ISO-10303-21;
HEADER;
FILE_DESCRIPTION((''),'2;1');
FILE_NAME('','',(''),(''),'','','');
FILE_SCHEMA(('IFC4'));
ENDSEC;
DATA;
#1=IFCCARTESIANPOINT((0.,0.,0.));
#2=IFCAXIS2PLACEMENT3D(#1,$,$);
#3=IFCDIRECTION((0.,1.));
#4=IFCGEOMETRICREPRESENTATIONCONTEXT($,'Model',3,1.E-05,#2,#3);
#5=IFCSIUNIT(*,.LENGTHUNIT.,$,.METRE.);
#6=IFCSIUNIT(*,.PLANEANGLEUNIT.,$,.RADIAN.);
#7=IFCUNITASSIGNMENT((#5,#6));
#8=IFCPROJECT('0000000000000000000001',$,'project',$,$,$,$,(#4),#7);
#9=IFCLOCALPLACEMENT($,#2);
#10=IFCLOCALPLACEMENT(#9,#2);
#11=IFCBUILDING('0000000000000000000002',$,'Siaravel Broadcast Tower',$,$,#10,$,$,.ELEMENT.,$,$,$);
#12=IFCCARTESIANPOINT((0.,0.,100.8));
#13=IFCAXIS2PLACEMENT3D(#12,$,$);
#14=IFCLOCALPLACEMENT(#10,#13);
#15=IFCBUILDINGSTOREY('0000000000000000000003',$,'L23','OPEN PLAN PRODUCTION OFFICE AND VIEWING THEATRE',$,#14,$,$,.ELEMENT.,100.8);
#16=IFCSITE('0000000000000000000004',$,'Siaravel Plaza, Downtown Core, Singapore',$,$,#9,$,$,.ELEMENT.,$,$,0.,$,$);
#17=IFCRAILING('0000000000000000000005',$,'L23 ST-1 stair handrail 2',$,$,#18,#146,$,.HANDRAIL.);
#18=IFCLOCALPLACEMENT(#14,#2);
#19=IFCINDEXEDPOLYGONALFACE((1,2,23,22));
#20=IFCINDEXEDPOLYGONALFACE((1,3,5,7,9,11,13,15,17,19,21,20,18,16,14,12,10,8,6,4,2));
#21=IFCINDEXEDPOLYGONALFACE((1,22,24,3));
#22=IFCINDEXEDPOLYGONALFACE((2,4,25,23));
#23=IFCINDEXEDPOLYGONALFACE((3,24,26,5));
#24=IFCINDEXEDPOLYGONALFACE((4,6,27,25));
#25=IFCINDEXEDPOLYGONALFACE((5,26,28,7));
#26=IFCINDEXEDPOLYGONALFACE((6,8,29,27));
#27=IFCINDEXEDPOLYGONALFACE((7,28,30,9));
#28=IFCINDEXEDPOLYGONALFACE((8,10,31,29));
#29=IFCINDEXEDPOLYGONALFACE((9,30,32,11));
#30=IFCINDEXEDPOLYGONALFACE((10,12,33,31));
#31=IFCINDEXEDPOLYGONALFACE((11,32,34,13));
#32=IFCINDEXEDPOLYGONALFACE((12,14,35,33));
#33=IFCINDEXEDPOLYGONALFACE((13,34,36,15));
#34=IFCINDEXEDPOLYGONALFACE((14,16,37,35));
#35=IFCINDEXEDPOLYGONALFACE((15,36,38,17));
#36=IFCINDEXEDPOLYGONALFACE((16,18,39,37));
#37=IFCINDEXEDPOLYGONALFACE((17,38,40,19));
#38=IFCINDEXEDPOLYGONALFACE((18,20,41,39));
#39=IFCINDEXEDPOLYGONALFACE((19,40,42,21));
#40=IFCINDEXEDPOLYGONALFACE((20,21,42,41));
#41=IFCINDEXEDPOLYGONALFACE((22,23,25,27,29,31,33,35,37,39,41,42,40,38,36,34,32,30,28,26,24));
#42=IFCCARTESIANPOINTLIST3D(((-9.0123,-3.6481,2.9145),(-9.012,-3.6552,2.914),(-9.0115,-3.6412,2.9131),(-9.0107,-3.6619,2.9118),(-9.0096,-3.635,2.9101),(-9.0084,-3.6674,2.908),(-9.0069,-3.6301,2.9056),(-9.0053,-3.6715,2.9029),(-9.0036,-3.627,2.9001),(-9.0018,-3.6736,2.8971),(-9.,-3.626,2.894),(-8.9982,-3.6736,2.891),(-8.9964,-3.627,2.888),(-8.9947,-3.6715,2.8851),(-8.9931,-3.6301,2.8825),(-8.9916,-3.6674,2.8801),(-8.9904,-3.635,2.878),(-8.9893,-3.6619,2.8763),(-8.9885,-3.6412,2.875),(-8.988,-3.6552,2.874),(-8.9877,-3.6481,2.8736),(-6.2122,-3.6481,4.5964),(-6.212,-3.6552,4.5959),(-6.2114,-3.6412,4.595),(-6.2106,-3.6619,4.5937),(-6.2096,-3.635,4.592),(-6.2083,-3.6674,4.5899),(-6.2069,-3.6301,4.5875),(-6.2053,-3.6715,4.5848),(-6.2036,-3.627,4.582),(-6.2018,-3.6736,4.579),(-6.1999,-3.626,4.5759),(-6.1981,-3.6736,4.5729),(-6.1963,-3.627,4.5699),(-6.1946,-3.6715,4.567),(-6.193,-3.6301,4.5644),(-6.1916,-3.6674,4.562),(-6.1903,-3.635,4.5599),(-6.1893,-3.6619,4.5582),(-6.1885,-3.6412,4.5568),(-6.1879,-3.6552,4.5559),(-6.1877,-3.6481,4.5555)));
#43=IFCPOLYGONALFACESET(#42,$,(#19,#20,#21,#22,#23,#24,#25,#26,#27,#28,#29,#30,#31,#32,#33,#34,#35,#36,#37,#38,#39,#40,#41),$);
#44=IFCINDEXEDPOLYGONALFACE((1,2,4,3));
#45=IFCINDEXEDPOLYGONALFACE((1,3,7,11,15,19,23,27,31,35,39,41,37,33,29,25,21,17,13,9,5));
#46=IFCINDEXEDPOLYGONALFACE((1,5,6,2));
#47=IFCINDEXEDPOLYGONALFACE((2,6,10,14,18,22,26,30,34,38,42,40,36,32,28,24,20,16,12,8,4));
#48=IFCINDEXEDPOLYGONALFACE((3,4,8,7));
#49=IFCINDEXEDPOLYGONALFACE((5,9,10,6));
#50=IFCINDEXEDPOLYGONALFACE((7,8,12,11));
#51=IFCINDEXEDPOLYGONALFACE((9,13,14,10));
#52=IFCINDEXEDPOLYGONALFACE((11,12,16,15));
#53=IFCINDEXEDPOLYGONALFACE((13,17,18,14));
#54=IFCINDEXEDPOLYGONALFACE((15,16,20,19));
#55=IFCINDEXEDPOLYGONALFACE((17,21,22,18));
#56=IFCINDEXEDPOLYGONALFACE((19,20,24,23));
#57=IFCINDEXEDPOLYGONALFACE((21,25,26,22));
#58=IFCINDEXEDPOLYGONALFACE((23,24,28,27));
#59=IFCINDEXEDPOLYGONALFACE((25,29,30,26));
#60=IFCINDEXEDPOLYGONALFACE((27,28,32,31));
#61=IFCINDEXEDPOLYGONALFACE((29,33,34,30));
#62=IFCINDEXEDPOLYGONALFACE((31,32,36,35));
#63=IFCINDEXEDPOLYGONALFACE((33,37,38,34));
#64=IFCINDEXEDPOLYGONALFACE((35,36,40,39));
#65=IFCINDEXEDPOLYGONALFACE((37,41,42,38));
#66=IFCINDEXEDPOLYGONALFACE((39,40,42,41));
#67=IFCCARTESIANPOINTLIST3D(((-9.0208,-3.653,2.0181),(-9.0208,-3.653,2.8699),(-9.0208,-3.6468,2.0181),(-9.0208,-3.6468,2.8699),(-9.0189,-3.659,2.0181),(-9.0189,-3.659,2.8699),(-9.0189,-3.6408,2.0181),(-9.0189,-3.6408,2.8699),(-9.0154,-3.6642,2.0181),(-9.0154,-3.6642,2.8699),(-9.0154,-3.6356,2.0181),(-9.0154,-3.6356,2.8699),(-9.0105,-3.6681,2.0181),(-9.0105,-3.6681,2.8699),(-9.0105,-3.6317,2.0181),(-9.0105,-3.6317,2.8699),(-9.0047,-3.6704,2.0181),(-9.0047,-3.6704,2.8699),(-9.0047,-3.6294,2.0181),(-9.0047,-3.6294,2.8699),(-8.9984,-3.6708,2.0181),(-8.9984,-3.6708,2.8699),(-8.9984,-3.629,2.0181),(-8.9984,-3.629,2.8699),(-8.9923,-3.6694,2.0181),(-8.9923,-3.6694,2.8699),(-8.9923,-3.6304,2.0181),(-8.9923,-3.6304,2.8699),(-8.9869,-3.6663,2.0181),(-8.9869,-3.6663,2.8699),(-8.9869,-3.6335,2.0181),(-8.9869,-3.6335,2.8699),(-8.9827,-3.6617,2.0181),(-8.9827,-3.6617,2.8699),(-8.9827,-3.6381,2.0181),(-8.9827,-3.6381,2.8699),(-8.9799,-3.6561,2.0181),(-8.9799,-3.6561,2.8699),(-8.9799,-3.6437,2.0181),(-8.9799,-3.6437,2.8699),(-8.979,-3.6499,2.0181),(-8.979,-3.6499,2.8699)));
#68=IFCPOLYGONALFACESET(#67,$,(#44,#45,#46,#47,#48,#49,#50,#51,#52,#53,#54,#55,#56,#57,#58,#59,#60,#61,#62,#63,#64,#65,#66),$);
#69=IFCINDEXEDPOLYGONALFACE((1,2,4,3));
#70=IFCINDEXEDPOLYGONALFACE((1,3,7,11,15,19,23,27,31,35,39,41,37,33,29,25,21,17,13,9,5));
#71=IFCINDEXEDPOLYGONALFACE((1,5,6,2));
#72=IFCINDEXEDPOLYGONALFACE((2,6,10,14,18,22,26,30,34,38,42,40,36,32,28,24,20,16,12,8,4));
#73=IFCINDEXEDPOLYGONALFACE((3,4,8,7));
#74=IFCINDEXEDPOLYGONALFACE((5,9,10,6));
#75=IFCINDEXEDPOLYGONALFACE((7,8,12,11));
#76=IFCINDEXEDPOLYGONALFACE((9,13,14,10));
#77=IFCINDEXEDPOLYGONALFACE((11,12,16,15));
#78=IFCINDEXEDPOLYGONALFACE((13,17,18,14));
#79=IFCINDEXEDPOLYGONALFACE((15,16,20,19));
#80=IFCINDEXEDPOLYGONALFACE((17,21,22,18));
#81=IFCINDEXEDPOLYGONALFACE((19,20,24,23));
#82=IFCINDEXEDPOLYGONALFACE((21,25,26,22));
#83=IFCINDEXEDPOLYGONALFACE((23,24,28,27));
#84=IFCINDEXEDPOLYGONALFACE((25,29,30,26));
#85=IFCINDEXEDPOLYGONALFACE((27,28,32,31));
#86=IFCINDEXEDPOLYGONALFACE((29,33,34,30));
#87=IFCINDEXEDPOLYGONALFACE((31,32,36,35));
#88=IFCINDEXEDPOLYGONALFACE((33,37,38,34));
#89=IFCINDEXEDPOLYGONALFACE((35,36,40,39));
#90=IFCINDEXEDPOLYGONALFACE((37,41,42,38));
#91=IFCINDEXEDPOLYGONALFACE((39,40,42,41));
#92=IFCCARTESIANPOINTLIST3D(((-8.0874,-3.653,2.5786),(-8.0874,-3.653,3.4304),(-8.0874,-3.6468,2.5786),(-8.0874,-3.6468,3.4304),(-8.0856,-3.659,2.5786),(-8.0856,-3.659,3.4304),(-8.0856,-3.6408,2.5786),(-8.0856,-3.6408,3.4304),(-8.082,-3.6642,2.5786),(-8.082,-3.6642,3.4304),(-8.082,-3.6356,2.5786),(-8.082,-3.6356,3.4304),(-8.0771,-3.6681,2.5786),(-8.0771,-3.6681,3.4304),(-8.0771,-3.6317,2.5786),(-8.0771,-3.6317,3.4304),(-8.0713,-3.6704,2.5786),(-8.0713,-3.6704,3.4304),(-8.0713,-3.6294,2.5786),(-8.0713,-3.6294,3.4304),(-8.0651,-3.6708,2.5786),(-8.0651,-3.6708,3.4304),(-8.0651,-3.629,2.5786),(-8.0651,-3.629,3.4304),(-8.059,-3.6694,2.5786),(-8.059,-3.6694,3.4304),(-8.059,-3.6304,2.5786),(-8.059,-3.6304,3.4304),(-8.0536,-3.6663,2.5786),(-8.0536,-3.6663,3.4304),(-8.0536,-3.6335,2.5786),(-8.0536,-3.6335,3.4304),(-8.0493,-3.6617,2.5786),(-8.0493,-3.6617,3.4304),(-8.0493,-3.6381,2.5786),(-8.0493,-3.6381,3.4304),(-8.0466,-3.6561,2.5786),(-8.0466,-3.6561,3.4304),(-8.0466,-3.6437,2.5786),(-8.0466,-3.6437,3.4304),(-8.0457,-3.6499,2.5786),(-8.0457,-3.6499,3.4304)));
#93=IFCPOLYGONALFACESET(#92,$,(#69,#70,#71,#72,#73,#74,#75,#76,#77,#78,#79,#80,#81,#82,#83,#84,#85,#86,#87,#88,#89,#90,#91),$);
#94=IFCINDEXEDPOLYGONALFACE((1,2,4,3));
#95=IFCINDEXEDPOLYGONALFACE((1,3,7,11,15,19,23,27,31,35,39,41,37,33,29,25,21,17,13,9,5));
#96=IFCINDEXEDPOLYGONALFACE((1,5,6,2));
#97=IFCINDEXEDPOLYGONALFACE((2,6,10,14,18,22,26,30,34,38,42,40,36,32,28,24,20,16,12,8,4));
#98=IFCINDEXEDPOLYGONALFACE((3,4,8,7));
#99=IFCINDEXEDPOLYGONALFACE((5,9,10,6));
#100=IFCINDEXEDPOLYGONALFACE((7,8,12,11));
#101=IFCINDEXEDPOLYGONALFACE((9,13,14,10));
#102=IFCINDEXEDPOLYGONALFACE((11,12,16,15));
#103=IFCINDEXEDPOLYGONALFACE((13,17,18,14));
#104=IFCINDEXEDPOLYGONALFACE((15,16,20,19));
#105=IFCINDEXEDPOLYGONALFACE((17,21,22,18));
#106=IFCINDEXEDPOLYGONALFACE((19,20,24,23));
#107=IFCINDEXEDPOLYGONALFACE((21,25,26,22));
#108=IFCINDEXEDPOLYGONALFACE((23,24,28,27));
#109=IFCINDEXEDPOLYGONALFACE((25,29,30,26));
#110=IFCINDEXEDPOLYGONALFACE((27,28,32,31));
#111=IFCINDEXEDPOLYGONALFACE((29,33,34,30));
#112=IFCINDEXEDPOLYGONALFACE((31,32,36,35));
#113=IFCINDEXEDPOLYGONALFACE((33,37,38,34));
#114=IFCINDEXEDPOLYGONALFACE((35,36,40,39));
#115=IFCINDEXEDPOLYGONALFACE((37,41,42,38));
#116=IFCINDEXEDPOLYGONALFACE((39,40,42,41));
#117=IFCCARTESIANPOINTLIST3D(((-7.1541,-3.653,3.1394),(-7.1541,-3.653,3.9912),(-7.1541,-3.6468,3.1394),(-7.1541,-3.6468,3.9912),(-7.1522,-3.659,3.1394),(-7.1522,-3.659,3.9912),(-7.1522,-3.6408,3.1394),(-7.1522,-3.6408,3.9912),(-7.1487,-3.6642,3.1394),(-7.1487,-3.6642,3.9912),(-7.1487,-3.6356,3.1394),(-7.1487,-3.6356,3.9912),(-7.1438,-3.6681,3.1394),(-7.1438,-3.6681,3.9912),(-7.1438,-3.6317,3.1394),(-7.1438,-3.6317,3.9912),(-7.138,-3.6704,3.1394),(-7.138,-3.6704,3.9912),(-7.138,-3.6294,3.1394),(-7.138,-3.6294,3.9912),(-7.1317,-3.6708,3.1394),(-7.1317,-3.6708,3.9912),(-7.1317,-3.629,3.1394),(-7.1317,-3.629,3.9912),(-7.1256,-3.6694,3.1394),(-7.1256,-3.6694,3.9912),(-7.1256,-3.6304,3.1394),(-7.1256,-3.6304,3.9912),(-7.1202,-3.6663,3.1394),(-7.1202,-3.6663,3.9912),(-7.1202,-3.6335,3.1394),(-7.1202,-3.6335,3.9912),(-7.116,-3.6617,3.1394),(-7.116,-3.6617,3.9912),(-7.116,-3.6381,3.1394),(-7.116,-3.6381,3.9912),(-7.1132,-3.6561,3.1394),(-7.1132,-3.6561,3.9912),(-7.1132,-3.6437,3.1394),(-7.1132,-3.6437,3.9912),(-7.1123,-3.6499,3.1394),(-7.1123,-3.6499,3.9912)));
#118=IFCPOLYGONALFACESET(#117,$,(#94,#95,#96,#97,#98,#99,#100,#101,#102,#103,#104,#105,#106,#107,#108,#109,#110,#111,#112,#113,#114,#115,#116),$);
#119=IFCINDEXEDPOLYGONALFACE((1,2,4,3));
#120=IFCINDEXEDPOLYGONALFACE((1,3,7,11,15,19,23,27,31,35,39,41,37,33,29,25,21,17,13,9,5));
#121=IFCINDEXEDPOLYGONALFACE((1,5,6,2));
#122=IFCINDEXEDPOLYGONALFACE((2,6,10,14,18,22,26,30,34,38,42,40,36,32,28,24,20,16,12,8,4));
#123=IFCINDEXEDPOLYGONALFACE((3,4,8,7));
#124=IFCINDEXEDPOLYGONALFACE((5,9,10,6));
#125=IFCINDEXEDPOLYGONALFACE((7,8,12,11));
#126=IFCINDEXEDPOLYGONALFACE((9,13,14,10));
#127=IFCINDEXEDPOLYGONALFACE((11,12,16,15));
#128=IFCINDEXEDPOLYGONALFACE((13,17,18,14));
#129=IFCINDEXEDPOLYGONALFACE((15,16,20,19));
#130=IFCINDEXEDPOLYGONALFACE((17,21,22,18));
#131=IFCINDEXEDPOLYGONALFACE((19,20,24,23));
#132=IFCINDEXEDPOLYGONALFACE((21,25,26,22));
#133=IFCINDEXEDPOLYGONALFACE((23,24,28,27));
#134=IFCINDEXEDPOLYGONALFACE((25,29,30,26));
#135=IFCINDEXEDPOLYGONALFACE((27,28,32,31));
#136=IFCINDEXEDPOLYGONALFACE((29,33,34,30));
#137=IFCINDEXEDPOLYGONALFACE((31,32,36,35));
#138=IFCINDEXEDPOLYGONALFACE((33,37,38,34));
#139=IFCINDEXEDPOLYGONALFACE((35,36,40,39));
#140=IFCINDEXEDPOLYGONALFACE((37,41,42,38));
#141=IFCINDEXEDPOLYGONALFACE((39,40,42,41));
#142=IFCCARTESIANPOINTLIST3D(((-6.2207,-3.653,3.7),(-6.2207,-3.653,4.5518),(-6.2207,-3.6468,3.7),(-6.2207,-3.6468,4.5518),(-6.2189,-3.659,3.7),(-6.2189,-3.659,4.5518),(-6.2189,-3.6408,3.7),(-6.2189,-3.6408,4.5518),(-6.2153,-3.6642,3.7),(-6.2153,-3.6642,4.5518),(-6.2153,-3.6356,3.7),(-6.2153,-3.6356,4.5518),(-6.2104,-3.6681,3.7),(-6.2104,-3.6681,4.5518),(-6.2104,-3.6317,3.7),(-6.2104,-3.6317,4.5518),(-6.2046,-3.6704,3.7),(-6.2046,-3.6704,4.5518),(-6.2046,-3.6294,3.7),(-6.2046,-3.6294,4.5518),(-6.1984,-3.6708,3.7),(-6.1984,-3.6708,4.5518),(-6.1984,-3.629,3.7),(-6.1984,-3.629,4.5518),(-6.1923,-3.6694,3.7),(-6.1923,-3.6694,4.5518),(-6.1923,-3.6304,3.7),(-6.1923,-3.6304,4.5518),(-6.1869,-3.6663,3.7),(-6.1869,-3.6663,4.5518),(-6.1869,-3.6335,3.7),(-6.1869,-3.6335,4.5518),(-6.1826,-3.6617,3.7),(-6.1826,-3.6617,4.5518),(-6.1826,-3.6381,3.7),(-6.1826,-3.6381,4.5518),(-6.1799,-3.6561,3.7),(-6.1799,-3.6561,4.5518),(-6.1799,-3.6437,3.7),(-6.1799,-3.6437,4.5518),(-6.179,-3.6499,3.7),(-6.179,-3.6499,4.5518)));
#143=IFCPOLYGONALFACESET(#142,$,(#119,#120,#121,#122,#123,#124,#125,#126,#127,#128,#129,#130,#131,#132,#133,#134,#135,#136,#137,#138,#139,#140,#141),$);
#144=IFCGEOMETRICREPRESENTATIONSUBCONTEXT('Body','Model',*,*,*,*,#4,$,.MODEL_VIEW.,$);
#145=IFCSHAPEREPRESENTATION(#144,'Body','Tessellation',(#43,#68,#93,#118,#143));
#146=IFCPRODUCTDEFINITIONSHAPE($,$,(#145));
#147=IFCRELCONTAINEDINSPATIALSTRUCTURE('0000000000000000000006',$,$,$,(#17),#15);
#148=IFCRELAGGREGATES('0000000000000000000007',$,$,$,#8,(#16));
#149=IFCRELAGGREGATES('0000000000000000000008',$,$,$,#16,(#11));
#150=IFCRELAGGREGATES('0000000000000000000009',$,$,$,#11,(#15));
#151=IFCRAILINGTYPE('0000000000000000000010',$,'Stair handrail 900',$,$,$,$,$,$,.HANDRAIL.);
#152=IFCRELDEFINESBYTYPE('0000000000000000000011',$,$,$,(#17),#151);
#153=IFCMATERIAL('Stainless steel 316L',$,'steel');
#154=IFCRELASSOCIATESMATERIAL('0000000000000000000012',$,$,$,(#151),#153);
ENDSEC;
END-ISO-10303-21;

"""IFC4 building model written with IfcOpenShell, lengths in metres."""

from ifc_helpers import new_model, si_unit, direction, frame, origin, origin_2d, place, context, subcontext, project, spatial, circle, extrude, material, type_object, element, save


model = new_model("IFC4")

# Units and contexts
model_context = context("Model", 3, precision=1e-05, world=origin(), true_north=direction((0.0, 1.0)))
body_context = subcontext(model_context, "Body", "Model", "MODEL_VIEW")
ifc_project = project(units=[si_unit("LENGTHUNIT", "METRE"), si_unit("PLANEANGLEUNIT", "RADIAN")], contexts=[model_context])

# Site, building, storey
site_placement = place(None, origin())
site = spatial("IfcSite", under=ifc_project, at=site_placement, Name="Siaravel Plaza, Downtown Core, Singapore", CompositionType="ELEMENT", RefElevation=0.0)
building_placement = place(site_placement, origin())
building = spatial("IfcBuilding", under=site, at=building_placement, Name="Siaravel Broadcast Tower", CompositionType="ELEMENT")
storey_placement = place(building_placement, frame((0.0, 0.0, 100.8)))
storey = spatial("IfcBuildingStorey", under=building, at=storey_placement, Name="L23", Description="OPEN PLAN PRODUCTION OFFICE AND VIEWING THEATRE", CompositionType="ELEMENT", Elevation=100.8)

# Railing
ifc_material_1 = material(Name="Stainless steel 316L", Category="steel")
railing_type_1 = type_object("IfcRailingType", Name="Stair handrail 900", PredefinedType="HANDRAIL", material=ifc_material_1)
railing_1_placement = place(storey_placement, frame((-9.0, -3.6499, 2.0181)))
element("IfcRailing", 1, at=railing_1_placement, inside=storey, type_object=railing_type_1, Name="L23 ST-1 stair handrail 2", PredefinedType="HANDRAIL", context=body_context, shape_type="SweptSolid", body=[
    extrude(circle(Radius=0.0239, at=origin_2d()), frame((0.0, 0.0, 0.876), z_axis=(0.857242, 0.0, 0.514913), x_axis=(0.0, 1.0, 0.0)), (0.0, 0.0, 1.0), 3.2664),
    extrude(circle(Radius=0.021, at=origin_2d()), origin(), (0.0, 0.0, 1.0), 0.8518),
    extrude(circle(Radius=0.021, at=origin_2d()), frame((0.9333, 0.0, 0.5605)), (0.0, 0.0, 1.0), 0.8518),
    extrude(circle(Radius=0.021, at=origin_2d()), frame((1.8667, 0.0, 1.1213)), (0.0, 0.0, 1.0), 0.8518),
    extrude(circle(Radius=0.021, at=origin_2d()), frame((2.8, 0.0, 1.6819)), (0.0, 0.0, 1.0), 0.8518),
])

save(model, "model.ifc")
